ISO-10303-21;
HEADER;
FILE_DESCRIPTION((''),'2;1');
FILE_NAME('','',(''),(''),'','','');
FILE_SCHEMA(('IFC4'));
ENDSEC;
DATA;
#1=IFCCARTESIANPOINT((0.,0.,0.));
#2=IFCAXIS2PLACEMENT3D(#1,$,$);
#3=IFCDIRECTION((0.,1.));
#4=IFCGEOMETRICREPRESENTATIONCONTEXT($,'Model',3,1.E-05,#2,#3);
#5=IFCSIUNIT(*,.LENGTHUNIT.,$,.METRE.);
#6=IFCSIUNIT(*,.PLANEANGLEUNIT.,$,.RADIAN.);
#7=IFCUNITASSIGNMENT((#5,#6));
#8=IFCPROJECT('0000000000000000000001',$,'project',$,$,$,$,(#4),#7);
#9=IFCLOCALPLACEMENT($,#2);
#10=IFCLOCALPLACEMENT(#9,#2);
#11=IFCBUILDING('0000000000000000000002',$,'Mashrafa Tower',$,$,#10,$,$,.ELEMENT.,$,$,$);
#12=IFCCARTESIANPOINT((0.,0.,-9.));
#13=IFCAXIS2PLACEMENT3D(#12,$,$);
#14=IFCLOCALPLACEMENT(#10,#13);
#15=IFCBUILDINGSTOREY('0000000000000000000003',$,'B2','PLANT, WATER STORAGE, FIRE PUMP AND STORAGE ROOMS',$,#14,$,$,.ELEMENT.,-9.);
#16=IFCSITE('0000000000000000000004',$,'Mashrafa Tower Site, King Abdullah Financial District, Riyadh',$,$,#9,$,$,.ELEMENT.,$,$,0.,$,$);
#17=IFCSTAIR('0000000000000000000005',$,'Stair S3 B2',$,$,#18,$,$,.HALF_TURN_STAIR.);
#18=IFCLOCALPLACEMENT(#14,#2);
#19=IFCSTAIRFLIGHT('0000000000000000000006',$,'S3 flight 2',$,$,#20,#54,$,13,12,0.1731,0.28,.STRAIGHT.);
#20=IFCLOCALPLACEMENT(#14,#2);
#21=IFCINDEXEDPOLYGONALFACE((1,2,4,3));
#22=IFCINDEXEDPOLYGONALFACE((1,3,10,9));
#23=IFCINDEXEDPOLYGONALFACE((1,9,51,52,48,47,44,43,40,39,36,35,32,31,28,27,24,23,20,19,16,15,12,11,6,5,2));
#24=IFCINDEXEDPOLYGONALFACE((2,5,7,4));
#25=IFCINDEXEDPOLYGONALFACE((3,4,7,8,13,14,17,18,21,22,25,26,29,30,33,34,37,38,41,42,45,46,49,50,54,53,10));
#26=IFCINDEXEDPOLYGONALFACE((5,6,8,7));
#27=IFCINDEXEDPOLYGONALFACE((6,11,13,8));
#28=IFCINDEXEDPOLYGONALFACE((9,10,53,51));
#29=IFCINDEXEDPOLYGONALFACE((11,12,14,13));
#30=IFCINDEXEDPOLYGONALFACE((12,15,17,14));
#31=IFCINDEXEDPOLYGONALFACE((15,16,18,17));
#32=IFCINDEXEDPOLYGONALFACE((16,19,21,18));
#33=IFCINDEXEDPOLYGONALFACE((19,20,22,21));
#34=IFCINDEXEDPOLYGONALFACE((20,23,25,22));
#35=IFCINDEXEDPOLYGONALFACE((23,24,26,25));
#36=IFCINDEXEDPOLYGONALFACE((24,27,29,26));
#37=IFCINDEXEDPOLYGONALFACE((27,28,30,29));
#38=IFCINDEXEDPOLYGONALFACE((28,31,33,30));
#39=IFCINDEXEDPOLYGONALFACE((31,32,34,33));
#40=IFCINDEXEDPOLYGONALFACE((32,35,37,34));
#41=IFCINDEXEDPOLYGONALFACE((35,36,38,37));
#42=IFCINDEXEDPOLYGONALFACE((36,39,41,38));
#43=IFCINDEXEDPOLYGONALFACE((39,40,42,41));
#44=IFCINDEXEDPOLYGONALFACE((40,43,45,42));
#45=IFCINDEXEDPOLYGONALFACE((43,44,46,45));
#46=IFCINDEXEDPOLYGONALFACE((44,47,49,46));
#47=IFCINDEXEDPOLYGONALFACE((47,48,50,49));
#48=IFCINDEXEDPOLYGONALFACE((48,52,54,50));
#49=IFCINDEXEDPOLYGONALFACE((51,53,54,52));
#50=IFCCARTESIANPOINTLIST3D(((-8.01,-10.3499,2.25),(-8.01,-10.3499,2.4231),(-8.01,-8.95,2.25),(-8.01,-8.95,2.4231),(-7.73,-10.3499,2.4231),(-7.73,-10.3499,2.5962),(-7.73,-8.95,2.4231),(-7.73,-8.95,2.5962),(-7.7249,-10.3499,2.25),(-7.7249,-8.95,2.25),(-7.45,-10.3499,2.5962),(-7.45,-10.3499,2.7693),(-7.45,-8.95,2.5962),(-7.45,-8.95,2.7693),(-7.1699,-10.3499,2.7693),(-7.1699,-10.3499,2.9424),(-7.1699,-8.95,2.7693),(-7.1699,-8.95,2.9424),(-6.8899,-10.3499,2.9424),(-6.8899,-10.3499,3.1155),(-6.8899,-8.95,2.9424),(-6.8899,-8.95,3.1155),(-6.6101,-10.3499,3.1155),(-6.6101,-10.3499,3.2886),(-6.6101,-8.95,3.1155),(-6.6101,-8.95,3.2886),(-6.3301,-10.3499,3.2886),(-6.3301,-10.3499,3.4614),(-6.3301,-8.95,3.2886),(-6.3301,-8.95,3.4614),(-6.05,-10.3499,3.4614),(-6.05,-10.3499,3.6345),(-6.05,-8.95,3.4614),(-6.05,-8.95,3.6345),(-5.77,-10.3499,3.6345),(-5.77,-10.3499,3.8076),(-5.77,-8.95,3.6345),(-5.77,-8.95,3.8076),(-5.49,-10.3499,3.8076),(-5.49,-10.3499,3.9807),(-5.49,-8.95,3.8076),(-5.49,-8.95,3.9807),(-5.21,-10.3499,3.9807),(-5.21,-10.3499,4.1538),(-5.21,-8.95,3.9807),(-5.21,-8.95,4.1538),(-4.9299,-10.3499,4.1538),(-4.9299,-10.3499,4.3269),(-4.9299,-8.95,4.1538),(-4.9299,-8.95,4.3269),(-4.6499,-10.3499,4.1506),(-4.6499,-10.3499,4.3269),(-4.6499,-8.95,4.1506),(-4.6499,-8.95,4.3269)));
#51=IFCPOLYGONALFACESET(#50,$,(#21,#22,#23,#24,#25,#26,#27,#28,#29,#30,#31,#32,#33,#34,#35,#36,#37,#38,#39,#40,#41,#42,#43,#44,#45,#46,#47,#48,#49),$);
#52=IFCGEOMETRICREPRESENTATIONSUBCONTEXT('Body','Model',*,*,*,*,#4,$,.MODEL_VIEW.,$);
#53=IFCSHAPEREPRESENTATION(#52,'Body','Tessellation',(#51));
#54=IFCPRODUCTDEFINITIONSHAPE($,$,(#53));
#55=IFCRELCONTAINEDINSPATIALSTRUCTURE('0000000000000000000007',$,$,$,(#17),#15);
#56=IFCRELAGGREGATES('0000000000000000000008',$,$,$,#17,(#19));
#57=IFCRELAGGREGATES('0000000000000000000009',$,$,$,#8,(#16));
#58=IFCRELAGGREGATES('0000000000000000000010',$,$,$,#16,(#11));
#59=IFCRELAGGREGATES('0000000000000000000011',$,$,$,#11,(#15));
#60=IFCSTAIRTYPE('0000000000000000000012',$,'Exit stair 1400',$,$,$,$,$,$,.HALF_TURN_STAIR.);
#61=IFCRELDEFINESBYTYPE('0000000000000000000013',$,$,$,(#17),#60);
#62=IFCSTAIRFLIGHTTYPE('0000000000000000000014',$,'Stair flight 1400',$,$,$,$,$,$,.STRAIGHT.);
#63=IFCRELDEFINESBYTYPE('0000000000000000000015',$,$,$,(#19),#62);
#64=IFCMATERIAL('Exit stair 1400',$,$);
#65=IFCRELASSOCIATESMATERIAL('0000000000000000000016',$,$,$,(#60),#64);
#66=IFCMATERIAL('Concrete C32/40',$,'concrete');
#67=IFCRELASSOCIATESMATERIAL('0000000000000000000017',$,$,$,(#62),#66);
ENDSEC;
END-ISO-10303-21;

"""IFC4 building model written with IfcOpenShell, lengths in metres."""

from ifc_helpers import new_model, si_unit, direction, frame, origin, place, context, subcontext, project, spatial, polyline, outline, extrude, material, type_object, element, aggregate, save


model = new_model("IFC4")

# Units and contexts
model_context = context("Model", 3, precision=1e-05, world=origin(), true_north=direction((0.0, 1.0)))
body_context = subcontext(model_context, "Body", "Model", "MODEL_VIEW")
ifc_project = project(units=[si_unit("LENGTHUNIT", "METRE"), si_unit("PLANEANGLEUNIT", "RADIAN")], contexts=[model_context])

# Site, building, storey
site_placement = place(None, origin())
site = spatial("IfcSite", under=ifc_project, at=site_placement, Name="Mashrafa Tower Site, King Abdullah Financial District, Riyadh", CompositionType="ELEMENT", RefElevation=0.0)
building_placement = place(site_placement, origin())
building = spatial("IfcBuilding", under=site, at=building_placement, Name="Mashrafa Tower", CompositionType="ELEMENT")
storey_placement = place(building_placement, frame((0.0, 0.0, -9.0)))
storey = spatial("IfcBuildingStorey", under=building, at=storey_placement, Name="B2", Description="PLANT, WATER STORAGE, FIRE PUMP AND STORAGE ROOMS", CompositionType="ELEMENT", Elevation=-9.0)

# Stair, stair flight
ifc_material_1 = material(Name="Exit stair 1400")
stair_type = type_object("IfcStairType", Name="Exit stair 1400", PredefinedType="HALF_TURN_STAIR", material=ifc_material_1)
stair_placement = place(storey_placement, origin())
stair = element("IfcStair", 1, at=stair_placement, inside=storey, type_object=stair_type, Name="Stair S3 B2", PredefinedType="HALF_TURN_STAIR")
ifc_material_2 = material(Name="Concrete C32/40", Category="concrete")
stair_flight_type = type_object("IfcStairFlightType", Name="Stair flight 1400", PredefinedType="STRAIGHT", material=ifc_material_2)
stair_flight_1_placement = place(storey_placement, frame((-8.01, -9.6499, 2.25), z_axis=(0.0, 0.0, 1.0), x_axis=(1.0, 0.0, 0.0)))
stair_flight_1 = element("IfcStairFlight", 2, at=stair_flight_1_placement, type_object=stair_flight_type, Name="S3 flight 2", NumberOfRisers=13, NumberOfTreads=12, PredefinedType="STRAIGHT", RiserHeight=0.1731, TreadLength=0.28, context=body_context, shape_type="SweptSolid", body=[
    extrude(outline(polyline([(0.0, 0.0), (0.0, 0.1731), (0.28, 0.1731), (0.28, 0.3462), (0.5601, 0.3462), (0.5601, 0.5193), (0.8401, 0.5193), (0.8401, 0.6924), (1.1201, 0.6924), (1.1201, 0.8655), (1.3999, 0.8655), (1.3999, 1.0386), (1.6799, 1.0386), (1.6799, 1.2114), (1.96, 1.2114), (1.96, 1.3845), (2.24, 1.3845), (2.24, 1.5576), (2.52, 1.5576), (2.52, 1.7307), (2.8, 1.7307), (2.8, 1.9038), (3.0801, 1.9038), (3.0801, 2.0769), (3.3601, 2.0769), (3.3601, 2.25), (3.3601, 1.9006), (0.2852, 0.0), (0.0, 0.0)])), frame((0.0, 0.7, 0.0), z_axis=(0.0, -1.0, 0.0), x_axis=(1.0, 0.0, 0.0)), (0.0, 0.0, 1.0), 1.3999),
])
aggregate(stair, [stair_flight_1])

save(model, "model.ifc")
